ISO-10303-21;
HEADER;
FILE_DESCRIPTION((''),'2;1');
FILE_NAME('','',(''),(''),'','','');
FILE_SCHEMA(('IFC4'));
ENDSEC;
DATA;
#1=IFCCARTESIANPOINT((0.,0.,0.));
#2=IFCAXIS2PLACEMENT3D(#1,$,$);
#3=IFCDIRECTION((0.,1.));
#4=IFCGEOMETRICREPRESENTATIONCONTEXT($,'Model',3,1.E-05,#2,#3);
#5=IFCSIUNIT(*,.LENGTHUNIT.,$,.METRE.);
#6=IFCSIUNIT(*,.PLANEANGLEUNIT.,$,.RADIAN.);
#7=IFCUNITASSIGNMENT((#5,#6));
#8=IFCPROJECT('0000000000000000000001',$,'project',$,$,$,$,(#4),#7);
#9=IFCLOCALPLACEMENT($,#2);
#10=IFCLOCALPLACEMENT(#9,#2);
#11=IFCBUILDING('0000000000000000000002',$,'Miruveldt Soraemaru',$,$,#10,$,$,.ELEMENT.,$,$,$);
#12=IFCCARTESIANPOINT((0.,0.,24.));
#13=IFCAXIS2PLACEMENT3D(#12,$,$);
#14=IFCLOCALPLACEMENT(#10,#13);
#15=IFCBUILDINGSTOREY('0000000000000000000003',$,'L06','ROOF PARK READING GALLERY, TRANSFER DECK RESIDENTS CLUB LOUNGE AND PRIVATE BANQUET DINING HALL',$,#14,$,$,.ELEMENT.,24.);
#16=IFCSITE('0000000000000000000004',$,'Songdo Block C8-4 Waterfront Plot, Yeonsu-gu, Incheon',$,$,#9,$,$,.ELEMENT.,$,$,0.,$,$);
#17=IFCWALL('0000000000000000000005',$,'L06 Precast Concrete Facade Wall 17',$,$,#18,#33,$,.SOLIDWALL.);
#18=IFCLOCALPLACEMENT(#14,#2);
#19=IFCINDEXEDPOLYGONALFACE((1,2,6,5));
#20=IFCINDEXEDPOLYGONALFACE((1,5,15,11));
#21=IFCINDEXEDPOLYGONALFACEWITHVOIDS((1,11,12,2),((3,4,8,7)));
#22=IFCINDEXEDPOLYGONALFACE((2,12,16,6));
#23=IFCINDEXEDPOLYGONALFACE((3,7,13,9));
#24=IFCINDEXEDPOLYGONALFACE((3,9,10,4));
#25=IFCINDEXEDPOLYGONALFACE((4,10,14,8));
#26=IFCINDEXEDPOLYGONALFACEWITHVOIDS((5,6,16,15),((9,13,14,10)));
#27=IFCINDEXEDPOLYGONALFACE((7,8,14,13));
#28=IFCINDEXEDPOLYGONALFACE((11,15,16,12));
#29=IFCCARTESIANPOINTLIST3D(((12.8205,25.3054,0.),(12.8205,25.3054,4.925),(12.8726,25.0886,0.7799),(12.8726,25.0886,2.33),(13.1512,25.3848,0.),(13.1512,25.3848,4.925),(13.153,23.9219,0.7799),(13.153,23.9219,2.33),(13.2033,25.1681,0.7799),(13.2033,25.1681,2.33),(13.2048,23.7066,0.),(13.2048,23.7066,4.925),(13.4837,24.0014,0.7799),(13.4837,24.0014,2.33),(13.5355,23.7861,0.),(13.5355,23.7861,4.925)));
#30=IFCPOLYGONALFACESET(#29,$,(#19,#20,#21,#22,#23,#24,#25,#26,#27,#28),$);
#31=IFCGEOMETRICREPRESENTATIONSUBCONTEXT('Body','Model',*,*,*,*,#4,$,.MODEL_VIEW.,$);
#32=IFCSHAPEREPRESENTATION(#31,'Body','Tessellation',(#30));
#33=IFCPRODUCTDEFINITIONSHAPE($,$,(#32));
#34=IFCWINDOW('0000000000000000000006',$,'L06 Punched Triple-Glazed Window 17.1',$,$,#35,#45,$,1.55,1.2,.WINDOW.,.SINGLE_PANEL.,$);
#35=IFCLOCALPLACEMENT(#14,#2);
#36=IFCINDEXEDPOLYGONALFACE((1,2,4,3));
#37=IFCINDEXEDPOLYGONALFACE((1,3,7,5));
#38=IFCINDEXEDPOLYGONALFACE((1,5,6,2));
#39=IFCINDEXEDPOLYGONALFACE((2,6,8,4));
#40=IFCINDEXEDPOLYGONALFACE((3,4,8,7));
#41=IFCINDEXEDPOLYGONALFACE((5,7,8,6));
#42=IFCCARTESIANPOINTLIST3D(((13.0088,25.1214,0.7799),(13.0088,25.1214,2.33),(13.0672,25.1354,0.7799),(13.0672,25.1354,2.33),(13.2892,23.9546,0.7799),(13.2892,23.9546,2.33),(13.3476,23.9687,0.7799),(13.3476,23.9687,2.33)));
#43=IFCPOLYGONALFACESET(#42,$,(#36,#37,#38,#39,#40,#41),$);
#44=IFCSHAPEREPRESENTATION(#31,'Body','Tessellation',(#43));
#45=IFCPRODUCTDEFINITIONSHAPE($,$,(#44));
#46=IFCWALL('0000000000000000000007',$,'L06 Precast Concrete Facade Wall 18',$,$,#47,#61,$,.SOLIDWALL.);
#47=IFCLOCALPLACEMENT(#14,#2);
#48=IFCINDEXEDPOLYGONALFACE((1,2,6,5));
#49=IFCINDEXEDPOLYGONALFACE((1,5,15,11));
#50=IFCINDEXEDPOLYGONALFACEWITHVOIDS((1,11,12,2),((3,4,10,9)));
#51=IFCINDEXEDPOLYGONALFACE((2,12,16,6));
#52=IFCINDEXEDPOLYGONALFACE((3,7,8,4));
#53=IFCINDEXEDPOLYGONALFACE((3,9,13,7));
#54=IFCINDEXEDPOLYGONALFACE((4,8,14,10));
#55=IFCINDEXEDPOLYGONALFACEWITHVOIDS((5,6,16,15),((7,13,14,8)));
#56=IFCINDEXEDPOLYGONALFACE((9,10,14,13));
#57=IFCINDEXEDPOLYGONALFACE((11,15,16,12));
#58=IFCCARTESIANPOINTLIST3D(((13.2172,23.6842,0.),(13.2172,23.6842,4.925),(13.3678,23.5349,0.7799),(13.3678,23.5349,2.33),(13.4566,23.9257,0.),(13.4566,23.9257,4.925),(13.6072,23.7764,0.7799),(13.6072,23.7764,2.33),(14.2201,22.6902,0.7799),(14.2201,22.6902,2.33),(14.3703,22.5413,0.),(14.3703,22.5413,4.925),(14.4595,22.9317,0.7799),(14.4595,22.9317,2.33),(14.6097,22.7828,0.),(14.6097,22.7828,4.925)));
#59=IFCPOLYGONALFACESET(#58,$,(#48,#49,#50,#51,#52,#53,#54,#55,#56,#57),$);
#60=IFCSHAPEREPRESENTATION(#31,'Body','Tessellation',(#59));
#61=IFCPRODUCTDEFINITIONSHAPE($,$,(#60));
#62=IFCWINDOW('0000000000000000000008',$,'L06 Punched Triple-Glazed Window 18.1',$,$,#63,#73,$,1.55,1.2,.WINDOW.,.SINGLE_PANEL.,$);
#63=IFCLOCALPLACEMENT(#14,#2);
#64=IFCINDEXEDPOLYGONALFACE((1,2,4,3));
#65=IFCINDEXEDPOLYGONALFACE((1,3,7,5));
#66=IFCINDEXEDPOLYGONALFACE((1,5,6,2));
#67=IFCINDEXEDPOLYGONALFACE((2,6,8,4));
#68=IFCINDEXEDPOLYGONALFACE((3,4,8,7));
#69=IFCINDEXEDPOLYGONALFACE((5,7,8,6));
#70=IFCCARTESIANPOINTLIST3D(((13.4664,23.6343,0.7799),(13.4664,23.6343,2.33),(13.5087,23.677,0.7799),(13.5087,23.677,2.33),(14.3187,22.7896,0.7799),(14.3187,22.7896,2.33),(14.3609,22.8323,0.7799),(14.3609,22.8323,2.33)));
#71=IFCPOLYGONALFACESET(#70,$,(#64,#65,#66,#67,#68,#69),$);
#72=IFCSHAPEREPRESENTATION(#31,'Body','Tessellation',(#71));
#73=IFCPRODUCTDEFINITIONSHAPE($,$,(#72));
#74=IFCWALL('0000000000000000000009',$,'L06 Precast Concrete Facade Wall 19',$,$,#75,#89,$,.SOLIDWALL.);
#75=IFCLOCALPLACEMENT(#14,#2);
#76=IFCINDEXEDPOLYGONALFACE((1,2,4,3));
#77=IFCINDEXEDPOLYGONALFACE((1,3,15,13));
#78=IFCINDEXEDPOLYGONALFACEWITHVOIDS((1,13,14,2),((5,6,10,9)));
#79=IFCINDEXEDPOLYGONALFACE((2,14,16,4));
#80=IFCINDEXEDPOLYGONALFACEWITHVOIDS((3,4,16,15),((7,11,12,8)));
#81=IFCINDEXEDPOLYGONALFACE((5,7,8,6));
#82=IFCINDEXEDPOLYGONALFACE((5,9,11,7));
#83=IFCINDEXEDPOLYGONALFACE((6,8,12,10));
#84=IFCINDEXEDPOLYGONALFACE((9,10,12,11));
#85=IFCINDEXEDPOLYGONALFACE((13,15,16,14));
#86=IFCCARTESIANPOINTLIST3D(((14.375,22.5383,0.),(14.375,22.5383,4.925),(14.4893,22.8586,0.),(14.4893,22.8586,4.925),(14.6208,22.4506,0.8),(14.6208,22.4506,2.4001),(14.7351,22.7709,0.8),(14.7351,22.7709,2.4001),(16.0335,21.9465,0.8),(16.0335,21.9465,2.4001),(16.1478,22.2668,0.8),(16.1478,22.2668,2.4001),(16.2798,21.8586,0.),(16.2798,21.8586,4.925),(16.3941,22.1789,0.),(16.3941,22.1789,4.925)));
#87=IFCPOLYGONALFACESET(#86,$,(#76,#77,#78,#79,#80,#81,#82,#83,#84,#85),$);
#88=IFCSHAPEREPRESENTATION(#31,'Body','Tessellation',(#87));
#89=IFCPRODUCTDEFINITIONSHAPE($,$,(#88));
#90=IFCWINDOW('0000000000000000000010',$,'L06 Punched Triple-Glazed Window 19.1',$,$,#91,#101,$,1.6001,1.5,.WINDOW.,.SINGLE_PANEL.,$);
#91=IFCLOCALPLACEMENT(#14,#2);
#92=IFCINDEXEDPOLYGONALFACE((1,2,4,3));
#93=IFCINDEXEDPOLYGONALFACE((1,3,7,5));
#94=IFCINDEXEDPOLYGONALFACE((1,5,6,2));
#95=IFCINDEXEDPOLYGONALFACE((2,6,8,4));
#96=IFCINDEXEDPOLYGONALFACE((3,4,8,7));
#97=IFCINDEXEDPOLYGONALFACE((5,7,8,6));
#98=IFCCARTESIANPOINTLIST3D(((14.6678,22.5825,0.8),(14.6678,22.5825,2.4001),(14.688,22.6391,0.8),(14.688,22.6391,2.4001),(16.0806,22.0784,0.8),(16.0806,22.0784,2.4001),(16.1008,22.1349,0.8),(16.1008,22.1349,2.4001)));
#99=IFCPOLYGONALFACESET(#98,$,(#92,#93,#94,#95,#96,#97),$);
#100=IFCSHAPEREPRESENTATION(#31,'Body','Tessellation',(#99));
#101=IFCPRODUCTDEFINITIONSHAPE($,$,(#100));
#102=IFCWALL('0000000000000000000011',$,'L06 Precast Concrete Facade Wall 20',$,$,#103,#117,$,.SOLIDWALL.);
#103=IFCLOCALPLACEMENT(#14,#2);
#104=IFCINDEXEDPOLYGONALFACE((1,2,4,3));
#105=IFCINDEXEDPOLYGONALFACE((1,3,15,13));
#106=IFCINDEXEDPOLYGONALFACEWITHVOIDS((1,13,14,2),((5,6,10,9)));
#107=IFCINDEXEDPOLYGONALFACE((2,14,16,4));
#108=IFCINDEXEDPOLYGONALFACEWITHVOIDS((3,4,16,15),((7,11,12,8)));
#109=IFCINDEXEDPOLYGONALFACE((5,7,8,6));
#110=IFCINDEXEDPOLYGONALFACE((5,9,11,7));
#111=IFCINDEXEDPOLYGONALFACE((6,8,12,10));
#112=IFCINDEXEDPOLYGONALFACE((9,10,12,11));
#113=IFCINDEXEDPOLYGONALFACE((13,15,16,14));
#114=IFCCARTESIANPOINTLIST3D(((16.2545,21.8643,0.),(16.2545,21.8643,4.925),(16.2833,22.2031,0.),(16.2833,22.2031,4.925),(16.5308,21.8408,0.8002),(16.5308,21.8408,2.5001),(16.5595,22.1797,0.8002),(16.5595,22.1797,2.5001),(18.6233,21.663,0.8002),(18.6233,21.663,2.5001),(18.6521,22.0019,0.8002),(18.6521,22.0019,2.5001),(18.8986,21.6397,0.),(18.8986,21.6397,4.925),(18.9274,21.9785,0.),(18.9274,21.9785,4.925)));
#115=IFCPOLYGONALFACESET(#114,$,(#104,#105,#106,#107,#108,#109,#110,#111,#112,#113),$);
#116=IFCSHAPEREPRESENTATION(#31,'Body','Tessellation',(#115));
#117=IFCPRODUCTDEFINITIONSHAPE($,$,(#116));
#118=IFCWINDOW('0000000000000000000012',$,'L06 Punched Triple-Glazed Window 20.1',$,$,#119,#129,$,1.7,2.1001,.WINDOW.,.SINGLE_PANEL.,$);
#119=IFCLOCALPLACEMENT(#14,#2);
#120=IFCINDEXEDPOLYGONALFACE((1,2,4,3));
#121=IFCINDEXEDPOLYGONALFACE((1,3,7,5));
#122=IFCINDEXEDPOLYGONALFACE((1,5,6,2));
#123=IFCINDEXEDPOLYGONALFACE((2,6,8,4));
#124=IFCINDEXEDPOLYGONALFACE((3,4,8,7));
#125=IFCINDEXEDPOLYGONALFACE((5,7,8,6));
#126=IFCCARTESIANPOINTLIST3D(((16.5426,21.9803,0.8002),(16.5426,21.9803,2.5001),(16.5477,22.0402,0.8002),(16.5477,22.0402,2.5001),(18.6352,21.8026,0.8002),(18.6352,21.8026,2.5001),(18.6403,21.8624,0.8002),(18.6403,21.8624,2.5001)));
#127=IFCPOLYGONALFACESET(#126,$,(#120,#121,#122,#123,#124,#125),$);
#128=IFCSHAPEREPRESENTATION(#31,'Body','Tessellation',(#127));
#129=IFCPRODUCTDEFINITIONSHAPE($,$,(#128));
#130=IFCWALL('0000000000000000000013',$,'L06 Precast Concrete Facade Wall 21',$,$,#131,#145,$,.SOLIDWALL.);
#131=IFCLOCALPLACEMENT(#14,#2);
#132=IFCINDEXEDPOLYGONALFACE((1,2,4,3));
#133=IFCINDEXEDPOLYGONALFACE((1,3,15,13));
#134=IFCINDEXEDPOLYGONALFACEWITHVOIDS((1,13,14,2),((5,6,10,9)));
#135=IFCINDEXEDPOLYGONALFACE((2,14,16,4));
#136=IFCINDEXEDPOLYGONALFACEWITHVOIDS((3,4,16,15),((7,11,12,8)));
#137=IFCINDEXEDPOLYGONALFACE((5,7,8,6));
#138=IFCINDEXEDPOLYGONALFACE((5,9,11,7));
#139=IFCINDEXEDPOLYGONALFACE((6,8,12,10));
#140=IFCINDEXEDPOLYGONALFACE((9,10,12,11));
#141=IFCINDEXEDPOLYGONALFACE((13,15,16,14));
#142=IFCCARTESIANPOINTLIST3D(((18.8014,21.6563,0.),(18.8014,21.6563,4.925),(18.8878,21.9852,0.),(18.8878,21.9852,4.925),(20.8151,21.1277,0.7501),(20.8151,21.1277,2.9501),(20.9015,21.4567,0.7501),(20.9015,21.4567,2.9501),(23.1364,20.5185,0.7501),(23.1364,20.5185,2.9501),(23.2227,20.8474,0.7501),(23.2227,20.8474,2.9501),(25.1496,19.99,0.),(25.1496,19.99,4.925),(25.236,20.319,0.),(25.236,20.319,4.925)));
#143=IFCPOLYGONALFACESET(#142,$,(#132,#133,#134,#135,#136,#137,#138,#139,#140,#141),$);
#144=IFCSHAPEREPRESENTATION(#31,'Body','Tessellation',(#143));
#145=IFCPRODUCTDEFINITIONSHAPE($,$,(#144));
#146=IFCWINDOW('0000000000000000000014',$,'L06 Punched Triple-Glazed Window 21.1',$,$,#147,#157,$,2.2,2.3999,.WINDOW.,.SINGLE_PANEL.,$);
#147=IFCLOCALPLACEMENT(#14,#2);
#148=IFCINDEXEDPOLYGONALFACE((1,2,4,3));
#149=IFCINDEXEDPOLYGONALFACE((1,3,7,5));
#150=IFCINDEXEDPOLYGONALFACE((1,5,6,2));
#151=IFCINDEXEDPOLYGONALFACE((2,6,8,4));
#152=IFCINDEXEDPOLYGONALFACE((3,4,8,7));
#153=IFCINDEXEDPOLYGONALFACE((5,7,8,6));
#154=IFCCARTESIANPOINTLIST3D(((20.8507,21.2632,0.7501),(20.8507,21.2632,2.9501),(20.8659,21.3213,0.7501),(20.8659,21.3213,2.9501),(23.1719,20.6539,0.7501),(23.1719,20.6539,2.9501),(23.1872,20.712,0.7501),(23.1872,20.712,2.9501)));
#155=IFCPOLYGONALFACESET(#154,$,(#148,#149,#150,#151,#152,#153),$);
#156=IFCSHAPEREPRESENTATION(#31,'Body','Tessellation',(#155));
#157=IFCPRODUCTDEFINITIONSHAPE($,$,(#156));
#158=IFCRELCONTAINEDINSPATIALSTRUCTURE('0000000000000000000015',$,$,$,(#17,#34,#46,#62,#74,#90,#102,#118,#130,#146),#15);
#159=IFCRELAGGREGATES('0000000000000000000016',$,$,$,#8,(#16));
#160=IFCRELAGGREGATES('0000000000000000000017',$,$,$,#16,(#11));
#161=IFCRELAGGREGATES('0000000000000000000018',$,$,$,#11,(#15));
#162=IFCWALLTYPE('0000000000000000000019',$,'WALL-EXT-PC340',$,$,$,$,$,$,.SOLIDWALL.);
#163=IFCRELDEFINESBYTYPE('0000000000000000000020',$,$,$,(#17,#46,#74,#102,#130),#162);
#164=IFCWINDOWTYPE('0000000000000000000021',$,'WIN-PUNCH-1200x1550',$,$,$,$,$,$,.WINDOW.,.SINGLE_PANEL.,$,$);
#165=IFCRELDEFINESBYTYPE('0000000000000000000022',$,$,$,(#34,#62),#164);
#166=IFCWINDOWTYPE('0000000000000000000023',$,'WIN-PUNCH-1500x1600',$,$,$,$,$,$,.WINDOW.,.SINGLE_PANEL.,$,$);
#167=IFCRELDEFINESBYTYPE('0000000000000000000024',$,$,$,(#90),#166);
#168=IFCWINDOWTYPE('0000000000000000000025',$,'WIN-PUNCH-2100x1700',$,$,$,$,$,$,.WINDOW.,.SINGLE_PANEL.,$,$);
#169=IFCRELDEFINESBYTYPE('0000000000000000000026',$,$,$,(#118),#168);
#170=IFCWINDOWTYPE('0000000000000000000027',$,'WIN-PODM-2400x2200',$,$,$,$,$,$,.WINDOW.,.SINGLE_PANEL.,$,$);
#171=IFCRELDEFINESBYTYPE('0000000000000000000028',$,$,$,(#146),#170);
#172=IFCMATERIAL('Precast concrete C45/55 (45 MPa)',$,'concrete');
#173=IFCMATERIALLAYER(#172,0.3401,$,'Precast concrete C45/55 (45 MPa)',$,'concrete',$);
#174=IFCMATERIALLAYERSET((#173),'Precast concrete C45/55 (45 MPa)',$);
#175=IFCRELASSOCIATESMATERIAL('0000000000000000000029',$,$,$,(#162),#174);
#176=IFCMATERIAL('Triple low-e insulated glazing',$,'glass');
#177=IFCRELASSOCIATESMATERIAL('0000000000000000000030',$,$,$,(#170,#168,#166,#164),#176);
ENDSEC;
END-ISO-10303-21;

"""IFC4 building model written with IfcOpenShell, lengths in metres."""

from ifc_helpers import new_model, si_unit, direction, frame, frame_2d, origin, place, context, subcontext, project, spatial, rectangle, extrude, material, layer, layer_set, type_object, element, fill, save


model = new_model("IFC4")

# Units and contexts
model_context = context("Model", 3, precision=1e-05, world=origin(), true_north=direction((0.0, 1.0)))
body_context = subcontext(model_context, "Body", "Model", "MODEL_VIEW")
ifc_project = project(units=[si_unit("LENGTHUNIT", "METRE"), si_unit("PLANEANGLEUNIT", "RADIAN")], contexts=[model_context])

# Site, building, storey
site_placement = place(None, origin())
site = spatial("IfcSite", under=ifc_project, at=site_placement, Name="Songdo Block C8-4 Waterfront Plot, Yeonsu-gu, Incheon", CompositionType="ELEMENT", RefElevation=0.0)
building_placement = place(site_placement, origin())
building = spatial("IfcBuilding", under=site, at=building_placement, Name="Miruveldt Soraemaru", CompositionType="ELEMENT")
storey_placement = place(building_placement, frame((0.0, 0.0, 24.0)))
storey = spatial("IfcBuildingStorey", under=building, at=storey_placement, Name="L06", Description="ROOF PARK READING GALLERY, TRANSFER DECK RESIDENTS CLUB LOUNGE AND PRIVATE BANQUET DINING HALL", CompositionType="ELEMENT", Elevation=24.0)

# Walls, openings, windows
ifc_material_1 = material(Name="Precast concrete C45/55 (45 MPa)", Category="concrete")
ifc_layer_1 = layer(ifc_material_1, 0.3401, Name="Precast concrete C45/55 (45 MPa)", Category="concrete")
ifc_layer_set_1 = layer_set([ifc_layer_1], Name="Precast concrete C45/55 (45 MPa)")
wall_type_1 = type_object("IfcWallType", Name="WALL-EXT-PC340", PredefinedType="SOLIDWALL", material=ifc_layer_set_1)
ifc_material_2 = material(Name="Triple low-e insulated glazing", Category="glass")
window_type_1 = type_object("IfcWindowType", Name="WIN-PODM-2400x2200", PartitioningType="SINGLE_PANEL", PredefinedType="WINDOW", material=ifc_material_2)
window_type_2 = type_object("IfcWindowType", Name="WIN-PUNCH-2100x1700", PartitioningType="SINGLE_PANEL", PredefinedType="WINDOW", material=ifc_material_2)
window_type_3 = type_object("IfcWindowType", Name="WIN-PUNCH-1500x1600", PartitioningType="SINGLE_PANEL", PredefinedType="WINDOW", material=ifc_material_2)
wall_1_placement = place(storey_placement, frame((12.9858, 25.3452, 0.0), z_axis=(0.0, 0.0, 1.0), x_axis=(0.233687, -0.972312, 0.0)))
wall_1 = element("IfcWall", 1, at=wall_1_placement, inside=storey, type_object=wall_type_1, Name="L06 Precast Concrete Facade Wall 17", PredefinedType="SOLIDWALL", context=body_context, shape_type="SweptSolid", body=[
    extrude(rectangle(XDim=1.6443, YDim=0.3401, at=frame_2d((0.8223, 0.0))), origin(), (0.0, 0.0, 1.0), 4.925),
])
opening_1_placement = place(wall_1_placement, frame((0.2229, 0.0, 0.78)))
opening_1 = element("IfcOpeningElement", 2, at=opening_1_placement, cuts=wall_1, PredefinedType="OPENING", context=body_context, shape_type="SweptSolid", body=[
    extrude(rectangle(XDim=1.2, YDim=1.55, at=frame_2d((0.6001, 0.7749))), frame((0.0, 0.1802, 0.0), z_axis=(0.0, -1.0, 0.0), x_axis=(1.0, 0.0, 0.0)), (0.0, 0.0, 1.0), 0.3601),
])
window_type_4 = type_object("IfcWindowType", Name="WIN-PUNCH-1200x1550", PartitioningType="SINGLE_PANEL", PredefinedType="WINDOW", material=ifc_material_2)
window_1_placement = place(opening_1_placement, origin())
window_1 = element("IfcWindow", 3, at=window_1_placement, inside=storey, type_object=window_type_4, Name="L06 Punched Triple-Glazed Window 17.1", OverallHeight=1.55, OverallWidth=1.2, PartitioningType="SINGLE_PANEL", PredefinedType="WINDOW", context=body_context, shape_type="SweptSolid", body=[
    extrude(rectangle(XDim=1.2, YDim=1.55, at=frame_2d((0.6001, 0.7749))), frame((0.0, 0.03, 0.0), z_axis=(0.0, -1.0, 0.0), x_axis=(1.0, 0.0, 0.0)), (0.0, 0.0, 1.0), 0.0601),
])
fill(opening_1, window_1)
wall_2_placement = place(storey_placement, frame((13.3369, 23.8049, 0.0), z_axis=(0.0, 0.0, 1.0), x_axis=(0.710258, -0.703942, 0.0)))
wall_2 = element("IfcWall", 4, at=wall_2_placement, inside=storey, type_object=wall_type_1, Name="L06 Precast Concrete Facade Wall 18", PredefinedType="SOLIDWALL", context=body_context, shape_type="SweptSolid", body=[
    extrude(rectangle(XDim=1.6235, YDim=0.3401, at=frame_2d((0.8118, 0.0))), origin(), (0.0, 0.0, 1.0), 4.925),
])
opening_2_placement = place(wall_2_placement, frame((0.2119, 0.0, 0.78)))
opening_2 = element("IfcOpeningElement", 5, at=opening_2_placement, cuts=wall_2, PredefinedType="OPENING", context=body_context, shape_type="SweptSolid", body=[
    extrude(rectangle(XDim=1.2, YDim=1.55, at=frame_2d((0.6001, 0.7749))), frame((0.0, 0.1802, 0.0), z_axis=(0.0, -1.0, 0.0), x_axis=(1.0, 0.0, 0.0)), (0.0, 0.0, 1.0), 0.3601),
])
window_2_placement = place(opening_2_placement, origin())
window_2 = element("IfcWindow", 6, at=window_2_placement, inside=storey, type_object=window_type_4, Name="L06 Punched Triple-Glazed Window 18.1", OverallHeight=1.55, OverallWidth=1.2, PartitioningType="SINGLE_PANEL", PredefinedType="WINDOW", context=body_context, shape_type="SweptSolid", body=[
    extrude(rectangle(XDim=1.2, YDim=1.55, at=frame_2d((0.6001, 0.7749))), frame((0.0, 0.03, 0.0), z_axis=(0.0, -1.0, 0.0), x_axis=(1.0, 0.0, 0.0)), (0.0, 0.0, 1.0), 0.0601),
])
fill(opening_2, window_2)
wall_3_placement = place(storey_placement, frame((14.4321, 22.6985, 0.0), z_axis=(0.0, 0.0, 1.0), x_axis=(0.941835, -0.336076, 0.0)))
wall_3 = element("IfcWall", 7, at=wall_3_placement, inside=storey, type_object=wall_type_1, Name="L06 Precast Concrete Facade Wall 19", PredefinedType="SOLIDWALL", context=body_context, shape_type="SweptSolid", body=[
    extrude(rectangle(XDim=2.0225, YDim=0.3401, at=frame_2d((1.0112, 0.0))), origin(), (0.0, 0.0, 1.0), 4.925),
])
opening_3_placement = place(wall_3_placement, frame((0.261, 0.0, 0.8)))
opening_3 = element("IfcOpeningElement", 8, at=opening_3_placement, cuts=wall_3, PredefinedType="OPENING", context=body_context, shape_type="SweptSolid", body=[
    extrude(rectangle(XDim=1.5, YDim=1.6001, at=frame_2d((0.75, 0.8))), frame((0.0, 0.1802, 0.0), z_axis=(0.0, -1.0, 0.0), x_axis=(1.0, 0.0, 0.0)), (0.0, 0.0, 1.0), 0.3601),
])
window_3_placement = place(opening_3_placement, origin())
window_3 = element("IfcWindow", 9, at=window_3_placement, inside=storey, type_object=window_type_3, Name="L06 Punched Triple-Glazed Window 19.1", OverallHeight=1.6001, OverallWidth=1.5, PartitioningType="SINGLE_PANEL", PredefinedType="WINDOW", context=body_context, shape_type="SweptSolid", body=[
    extrude(rectangle(XDim=1.5, YDim=1.6001, at=frame_2d((0.75, 0.8))), frame((0.0, 0.03, 0.0), z_axis=(0.0, -1.0, 0.0), x_axis=(1.0, 0.0, 0.0)), (0.0, 0.0, 1.0), 0.0601),
])
fill(opening_3, window_3)
wall_4_placement = place(storey_placement, frame((16.269, 22.0337, 0.0), z_axis=(0.0, 0.0, 1.0), x_axis=(0.996411, -0.084644, 0.0)))
wall_4 = element("IfcWall", 10, at=wall_4_placement, inside=storey, type_object=wall_type_1, Name="L06 Precast Concrete Facade Wall 20", PredefinedType="SOLIDWALL", context=body_context, shape_type="SweptSolid", body=[
    extrude(rectangle(XDim=2.6536, YDim=0.3401, at=frame_2d((1.3267, 0.0))), origin(), (0.0, 0.0, 1.0), 4.925),
])
opening_4_placement = place(wall_4_placement, frame((0.2771, 0.0, 0.8)))
opening_4 = element("IfcOpeningElement", 11, at=opening_4_placement, cuts=wall_4, PredefinedType="OPENING", context=body_context, shape_type="SweptSolid", body=[
    extrude(rectangle(XDim=2.1001, YDim=1.7, at=frame_2d((1.05, 0.8501))), frame((0.0, 0.1802, 0.0), z_axis=(0.0, -1.0, 0.0), x_axis=(1.0, 0.0, 0.0)), (0.0, 0.0, 1.0), 0.3601),
])
window_4_placement = place(opening_4_placement, origin())
window_4 = element("IfcWindow", 12, at=window_4_placement, inside=storey, type_object=window_type_2, Name="L06 Punched Triple-Glazed Window 20.1", OverallHeight=1.7, OverallWidth=2.1001, PartitioningType="SINGLE_PANEL", PredefinedType="WINDOW", context=body_context, shape_type="SweptSolid", body=[
    extrude(rectangle(XDim=2.1001, YDim=1.7, at=frame_2d((1.05, 0.8501))), frame((0.0, 0.03, 0.0), z_axis=(0.0, -1.0, 0.0), x_axis=(1.0, 0.0, 0.0)), (0.0, 0.0, 1.0), 0.0601),
])
fill(opening_4, window_4)
wall_5_placement = place(storey_placement, frame((18.8445, 21.8208, 0.0), z_axis=(0.0, 0.0, 1.0), x_axis=(0.967236, -0.25388, 0.0)))
wall_5 = element("IfcWall", 13, at=wall_5_placement, inside=storey, type_object=wall_type_1, Name="L06 Precast Concrete Facade Wall 21", PredefinedType="SOLIDWALL", context=body_context, shape_type="SweptSolid", body=[
    extrude(rectangle(XDim=6.5632, YDim=0.3401, at=frame_2d((3.2817, 0.0))), origin(), (0.0, 0.0, 1.0), 4.925),
])
opening_5_placement = place(wall_5_placement, frame((2.082, 0.0, 0.75)))
opening_5 = element("IfcOpeningElement", 14, at=opening_5_placement, cuts=wall_5, PredefinedType="OPENING", context=body_context, shape_type="SweptSolid", body=[
    extrude(rectangle(XDim=2.3999, YDim=2.2, at=frame_2d((1.2, 1.1001))), frame((0.0, 0.1802, 0.0), z_axis=(0.0, -1.0, 0.0), x_axis=(1.0, 0.0, 0.0)), (0.0, 0.0, 1.0), 0.3601),
])
window_5_placement = place(opening_5_placement, origin())
window_5 = element("IfcWindow", 15, at=window_5_placement, inside=storey, type_object=window_type_1, Name="L06 Punched Triple-Glazed Window 21.1", OverallHeight=2.2, OverallWidth=2.3999, PartitioningType="SINGLE_PANEL", PredefinedType="WINDOW", context=body_context, shape_type="SweptSolid", body=[
    extrude(rectangle(XDim=2.3999, YDim=2.2, at=frame_2d((1.2, 1.1001))), frame((0.0, 0.03, 0.0), z_axis=(0.0, -1.0, 0.0), x_axis=(1.0, 0.0, 0.0)), (0.0, 0.0, 1.0), 0.0601),
])
fill(opening_5, window_5)

save(model, "model.ifc")
